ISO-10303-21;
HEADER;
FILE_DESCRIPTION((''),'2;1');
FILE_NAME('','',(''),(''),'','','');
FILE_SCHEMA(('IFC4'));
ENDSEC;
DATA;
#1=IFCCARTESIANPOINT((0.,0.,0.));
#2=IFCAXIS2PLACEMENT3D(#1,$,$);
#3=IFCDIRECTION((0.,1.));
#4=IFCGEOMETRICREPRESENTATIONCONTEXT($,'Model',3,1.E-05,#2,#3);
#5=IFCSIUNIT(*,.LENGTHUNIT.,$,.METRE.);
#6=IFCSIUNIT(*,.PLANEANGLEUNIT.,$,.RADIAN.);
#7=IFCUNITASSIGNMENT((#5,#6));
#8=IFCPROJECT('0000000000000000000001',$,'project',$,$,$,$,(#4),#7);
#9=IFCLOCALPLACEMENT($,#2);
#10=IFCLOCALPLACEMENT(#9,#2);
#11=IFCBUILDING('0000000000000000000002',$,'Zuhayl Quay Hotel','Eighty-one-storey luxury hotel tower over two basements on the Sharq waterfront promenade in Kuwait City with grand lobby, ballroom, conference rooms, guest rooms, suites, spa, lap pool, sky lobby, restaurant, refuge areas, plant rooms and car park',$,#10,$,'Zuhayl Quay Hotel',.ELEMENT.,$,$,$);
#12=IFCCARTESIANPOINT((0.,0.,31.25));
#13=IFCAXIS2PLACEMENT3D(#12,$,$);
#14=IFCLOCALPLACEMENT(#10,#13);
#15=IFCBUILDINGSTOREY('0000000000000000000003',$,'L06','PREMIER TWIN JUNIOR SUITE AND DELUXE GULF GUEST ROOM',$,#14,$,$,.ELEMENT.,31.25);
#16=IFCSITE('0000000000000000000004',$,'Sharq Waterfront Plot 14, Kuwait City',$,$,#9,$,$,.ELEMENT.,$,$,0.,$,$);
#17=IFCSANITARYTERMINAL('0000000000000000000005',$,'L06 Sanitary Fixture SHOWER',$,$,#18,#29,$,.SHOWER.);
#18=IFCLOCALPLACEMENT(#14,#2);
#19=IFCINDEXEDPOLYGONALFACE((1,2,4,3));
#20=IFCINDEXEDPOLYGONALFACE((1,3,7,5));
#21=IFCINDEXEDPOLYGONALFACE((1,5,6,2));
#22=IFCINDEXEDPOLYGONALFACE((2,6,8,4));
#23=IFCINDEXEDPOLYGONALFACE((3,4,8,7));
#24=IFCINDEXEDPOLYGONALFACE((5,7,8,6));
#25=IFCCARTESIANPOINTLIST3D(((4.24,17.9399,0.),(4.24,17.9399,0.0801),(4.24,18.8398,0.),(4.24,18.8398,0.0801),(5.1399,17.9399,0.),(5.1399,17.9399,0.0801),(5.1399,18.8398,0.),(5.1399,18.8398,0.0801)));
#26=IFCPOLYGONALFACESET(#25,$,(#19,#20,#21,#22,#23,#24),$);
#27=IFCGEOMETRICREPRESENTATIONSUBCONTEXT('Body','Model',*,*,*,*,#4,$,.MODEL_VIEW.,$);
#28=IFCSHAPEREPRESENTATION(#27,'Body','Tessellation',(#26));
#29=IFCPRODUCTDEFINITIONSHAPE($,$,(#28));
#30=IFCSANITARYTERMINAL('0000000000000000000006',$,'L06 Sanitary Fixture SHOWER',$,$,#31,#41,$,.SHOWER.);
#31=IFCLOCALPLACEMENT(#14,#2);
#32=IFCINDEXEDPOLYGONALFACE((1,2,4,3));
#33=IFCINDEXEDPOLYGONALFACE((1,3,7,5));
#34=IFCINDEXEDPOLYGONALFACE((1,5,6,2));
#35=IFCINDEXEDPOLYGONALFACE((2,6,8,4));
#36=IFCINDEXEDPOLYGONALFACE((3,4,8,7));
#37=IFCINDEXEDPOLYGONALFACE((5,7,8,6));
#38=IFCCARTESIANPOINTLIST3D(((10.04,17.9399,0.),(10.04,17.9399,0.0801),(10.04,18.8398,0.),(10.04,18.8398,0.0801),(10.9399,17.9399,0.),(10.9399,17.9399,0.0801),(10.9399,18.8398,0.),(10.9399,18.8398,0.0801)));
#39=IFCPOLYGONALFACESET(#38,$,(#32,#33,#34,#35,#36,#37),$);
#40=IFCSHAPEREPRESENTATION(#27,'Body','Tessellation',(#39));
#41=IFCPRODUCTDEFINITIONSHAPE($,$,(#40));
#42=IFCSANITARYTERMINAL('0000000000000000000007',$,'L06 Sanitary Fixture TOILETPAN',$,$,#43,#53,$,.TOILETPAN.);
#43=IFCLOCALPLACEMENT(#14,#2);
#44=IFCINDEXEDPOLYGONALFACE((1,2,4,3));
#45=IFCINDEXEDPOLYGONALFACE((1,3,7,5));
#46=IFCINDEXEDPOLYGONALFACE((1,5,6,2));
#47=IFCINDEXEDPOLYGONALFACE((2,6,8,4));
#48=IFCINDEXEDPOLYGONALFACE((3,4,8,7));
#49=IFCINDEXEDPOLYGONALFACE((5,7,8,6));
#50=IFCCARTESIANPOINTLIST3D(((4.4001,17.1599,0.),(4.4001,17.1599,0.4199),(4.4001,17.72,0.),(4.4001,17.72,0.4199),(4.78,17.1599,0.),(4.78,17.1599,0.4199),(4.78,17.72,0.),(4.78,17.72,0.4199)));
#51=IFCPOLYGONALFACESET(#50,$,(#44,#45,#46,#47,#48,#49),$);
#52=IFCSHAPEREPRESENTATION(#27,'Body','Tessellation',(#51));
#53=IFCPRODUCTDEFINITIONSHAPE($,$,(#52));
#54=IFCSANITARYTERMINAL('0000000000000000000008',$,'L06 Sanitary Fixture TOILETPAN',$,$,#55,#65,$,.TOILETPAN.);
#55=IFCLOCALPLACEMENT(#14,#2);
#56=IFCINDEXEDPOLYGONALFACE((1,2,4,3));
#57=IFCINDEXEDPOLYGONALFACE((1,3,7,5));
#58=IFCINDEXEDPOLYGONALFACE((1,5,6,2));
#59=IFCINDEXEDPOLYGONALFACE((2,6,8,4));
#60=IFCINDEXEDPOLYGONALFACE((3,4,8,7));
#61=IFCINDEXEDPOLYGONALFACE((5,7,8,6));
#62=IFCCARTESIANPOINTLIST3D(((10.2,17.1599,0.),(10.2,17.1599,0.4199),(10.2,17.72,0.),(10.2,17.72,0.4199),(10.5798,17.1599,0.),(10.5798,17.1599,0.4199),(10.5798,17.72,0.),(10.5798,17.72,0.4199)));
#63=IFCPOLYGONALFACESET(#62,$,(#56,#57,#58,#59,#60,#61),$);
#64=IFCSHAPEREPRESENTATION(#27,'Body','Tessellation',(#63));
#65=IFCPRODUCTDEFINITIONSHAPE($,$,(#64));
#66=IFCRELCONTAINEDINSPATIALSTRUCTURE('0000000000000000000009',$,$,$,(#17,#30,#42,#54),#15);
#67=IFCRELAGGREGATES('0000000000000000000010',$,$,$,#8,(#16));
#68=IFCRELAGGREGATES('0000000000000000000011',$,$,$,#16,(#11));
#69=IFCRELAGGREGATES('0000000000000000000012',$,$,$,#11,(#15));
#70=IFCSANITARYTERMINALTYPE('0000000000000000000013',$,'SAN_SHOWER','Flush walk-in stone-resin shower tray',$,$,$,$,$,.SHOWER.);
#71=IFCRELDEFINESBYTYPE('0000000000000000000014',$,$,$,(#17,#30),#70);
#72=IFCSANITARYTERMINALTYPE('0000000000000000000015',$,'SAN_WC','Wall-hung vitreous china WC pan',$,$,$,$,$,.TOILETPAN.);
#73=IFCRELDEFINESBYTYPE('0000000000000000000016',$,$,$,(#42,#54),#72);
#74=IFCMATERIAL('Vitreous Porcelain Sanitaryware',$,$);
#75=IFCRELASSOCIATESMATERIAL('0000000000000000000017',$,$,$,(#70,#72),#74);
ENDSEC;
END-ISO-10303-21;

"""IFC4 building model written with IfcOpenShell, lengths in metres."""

from ifc_helpers import new_model, si_unit, direction, frame, origin, origin_2d, place, context, subcontext, project, spatial, rectangle, extrude, material, type_object, element, save


model = new_model("IFC4")

# Units and contexts
model_context = context("Model", 3, precision=1e-05, world=origin(), true_north=direction((0.0, 1.0)))
body_context = subcontext(model_context, "Body", "Model", "MODEL_VIEW")
ifc_project = project(units=[si_unit("LENGTHUNIT", "METRE"), si_unit("PLANEANGLEUNIT", "RADIAN")], contexts=[model_context])

# Site, building, storey
site_placement = place(None, origin())
site = spatial("IfcSite", under=ifc_project, at=site_placement, Name="Sharq Waterfront Plot 14, Kuwait City", CompositionType="ELEMENT", RefElevation=0.0)
building_placement = place(site_placement, origin())
building = spatial("IfcBuilding", under=site, at=building_placement, Name="Zuhayl Quay Hotel", Description="Eighty-one-storey luxury hotel tower over two basements on the Sharq waterfront promenade in Kuwait City with grand lobby, ballroom, conference rooms, guest rooms, suites, spa, lap pool, sky lobby, restaurant, refuge areas, plant rooms and car park", LongName="Zuhayl Quay Hotel", CompositionType="ELEMENT")
storey_placement = place(building_placement, frame((0.0, 0.0, 31.25)))
storey = spatial("IfcBuildingStorey", under=building, at=storey_placement, Name="L06", Description="PREMIER TWIN JUNIOR SUITE AND DELUXE GULF GUEST ROOM", CompositionType="ELEMENT", Elevation=31.25)

# Sanitary terminals
ifc_material_1 = material(Name="Vitreous Porcelain Sanitaryware")
sanitary_terminal_type_1 = type_object("IfcSanitaryTerminalType", Name="SAN_SHOWER", Description="Flush walk-in stone-resin shower tray", PredefinedType="SHOWER", material=ifc_material_1)
for number, where, z_axis, x_axis, name in (
    (1, (4.6899, 18.3899, 0.0), (0.0, 0.0, 1.0), (1.0, 0.0, 0.0), "L06 Sanitary Fixture SHOWER"),
    (2, (10.49, 18.3899, 0.0), (0.0, 0.0, 1.0), (1.0, 0.0, 0.0), "L06 Sanitary Fixture SHOWER"),
):
    element("IfcSanitaryTerminal", number, at=place(storey_placement, frame(where, z_axis=z_axis, x_axis=x_axis)), inside=storey, type_object=sanitary_terminal_type_1, Name=name, PredefinedType="SHOWER", context=body_context, shape_type="SweptSolid", body=[
        extrude(rectangle(XDim=0.8999, YDim=0.8999, at=origin_2d()), origin(), (0.0, 0.0, 1.0), 0.0801),
    ])
sanitary_terminal_type_2 = type_object("IfcSanitaryTerminalType", Name="SAN_WC", Description="Wall-hung vitreous china WC pan", PredefinedType="TOILETPAN", material=ifc_material_1)
for number, where, z_axis, x_axis, name in (
    (3, (4.5901, 17.4399, 0.0), (0.0, 0.0, 1.0), (1.0, 0.0, 0.0), "L06 Sanitary Fixture TOILETPAN"),
    (4, (10.3899, 17.4399, 0.0), (0.0, 0.0, 1.0), (1.0, 0.0, 0.0), "L06 Sanitary Fixture TOILETPAN"),
):
    element("IfcSanitaryTerminal", number, at=place(storey_placement, frame(where, z_axis=z_axis, x_axis=x_axis)), inside=storey, type_object=sanitary_terminal_type_2, Name=name, PredefinedType="TOILETPAN", context=body_context, shape_type="SweptSolid", body=[
        extrude(rectangle(XDim=0.3799, YDim=0.5601, at=origin_2d()), origin(), (0.0, 0.0, 1.0), 0.4199),
    ])

save(model, "model.ifc")
